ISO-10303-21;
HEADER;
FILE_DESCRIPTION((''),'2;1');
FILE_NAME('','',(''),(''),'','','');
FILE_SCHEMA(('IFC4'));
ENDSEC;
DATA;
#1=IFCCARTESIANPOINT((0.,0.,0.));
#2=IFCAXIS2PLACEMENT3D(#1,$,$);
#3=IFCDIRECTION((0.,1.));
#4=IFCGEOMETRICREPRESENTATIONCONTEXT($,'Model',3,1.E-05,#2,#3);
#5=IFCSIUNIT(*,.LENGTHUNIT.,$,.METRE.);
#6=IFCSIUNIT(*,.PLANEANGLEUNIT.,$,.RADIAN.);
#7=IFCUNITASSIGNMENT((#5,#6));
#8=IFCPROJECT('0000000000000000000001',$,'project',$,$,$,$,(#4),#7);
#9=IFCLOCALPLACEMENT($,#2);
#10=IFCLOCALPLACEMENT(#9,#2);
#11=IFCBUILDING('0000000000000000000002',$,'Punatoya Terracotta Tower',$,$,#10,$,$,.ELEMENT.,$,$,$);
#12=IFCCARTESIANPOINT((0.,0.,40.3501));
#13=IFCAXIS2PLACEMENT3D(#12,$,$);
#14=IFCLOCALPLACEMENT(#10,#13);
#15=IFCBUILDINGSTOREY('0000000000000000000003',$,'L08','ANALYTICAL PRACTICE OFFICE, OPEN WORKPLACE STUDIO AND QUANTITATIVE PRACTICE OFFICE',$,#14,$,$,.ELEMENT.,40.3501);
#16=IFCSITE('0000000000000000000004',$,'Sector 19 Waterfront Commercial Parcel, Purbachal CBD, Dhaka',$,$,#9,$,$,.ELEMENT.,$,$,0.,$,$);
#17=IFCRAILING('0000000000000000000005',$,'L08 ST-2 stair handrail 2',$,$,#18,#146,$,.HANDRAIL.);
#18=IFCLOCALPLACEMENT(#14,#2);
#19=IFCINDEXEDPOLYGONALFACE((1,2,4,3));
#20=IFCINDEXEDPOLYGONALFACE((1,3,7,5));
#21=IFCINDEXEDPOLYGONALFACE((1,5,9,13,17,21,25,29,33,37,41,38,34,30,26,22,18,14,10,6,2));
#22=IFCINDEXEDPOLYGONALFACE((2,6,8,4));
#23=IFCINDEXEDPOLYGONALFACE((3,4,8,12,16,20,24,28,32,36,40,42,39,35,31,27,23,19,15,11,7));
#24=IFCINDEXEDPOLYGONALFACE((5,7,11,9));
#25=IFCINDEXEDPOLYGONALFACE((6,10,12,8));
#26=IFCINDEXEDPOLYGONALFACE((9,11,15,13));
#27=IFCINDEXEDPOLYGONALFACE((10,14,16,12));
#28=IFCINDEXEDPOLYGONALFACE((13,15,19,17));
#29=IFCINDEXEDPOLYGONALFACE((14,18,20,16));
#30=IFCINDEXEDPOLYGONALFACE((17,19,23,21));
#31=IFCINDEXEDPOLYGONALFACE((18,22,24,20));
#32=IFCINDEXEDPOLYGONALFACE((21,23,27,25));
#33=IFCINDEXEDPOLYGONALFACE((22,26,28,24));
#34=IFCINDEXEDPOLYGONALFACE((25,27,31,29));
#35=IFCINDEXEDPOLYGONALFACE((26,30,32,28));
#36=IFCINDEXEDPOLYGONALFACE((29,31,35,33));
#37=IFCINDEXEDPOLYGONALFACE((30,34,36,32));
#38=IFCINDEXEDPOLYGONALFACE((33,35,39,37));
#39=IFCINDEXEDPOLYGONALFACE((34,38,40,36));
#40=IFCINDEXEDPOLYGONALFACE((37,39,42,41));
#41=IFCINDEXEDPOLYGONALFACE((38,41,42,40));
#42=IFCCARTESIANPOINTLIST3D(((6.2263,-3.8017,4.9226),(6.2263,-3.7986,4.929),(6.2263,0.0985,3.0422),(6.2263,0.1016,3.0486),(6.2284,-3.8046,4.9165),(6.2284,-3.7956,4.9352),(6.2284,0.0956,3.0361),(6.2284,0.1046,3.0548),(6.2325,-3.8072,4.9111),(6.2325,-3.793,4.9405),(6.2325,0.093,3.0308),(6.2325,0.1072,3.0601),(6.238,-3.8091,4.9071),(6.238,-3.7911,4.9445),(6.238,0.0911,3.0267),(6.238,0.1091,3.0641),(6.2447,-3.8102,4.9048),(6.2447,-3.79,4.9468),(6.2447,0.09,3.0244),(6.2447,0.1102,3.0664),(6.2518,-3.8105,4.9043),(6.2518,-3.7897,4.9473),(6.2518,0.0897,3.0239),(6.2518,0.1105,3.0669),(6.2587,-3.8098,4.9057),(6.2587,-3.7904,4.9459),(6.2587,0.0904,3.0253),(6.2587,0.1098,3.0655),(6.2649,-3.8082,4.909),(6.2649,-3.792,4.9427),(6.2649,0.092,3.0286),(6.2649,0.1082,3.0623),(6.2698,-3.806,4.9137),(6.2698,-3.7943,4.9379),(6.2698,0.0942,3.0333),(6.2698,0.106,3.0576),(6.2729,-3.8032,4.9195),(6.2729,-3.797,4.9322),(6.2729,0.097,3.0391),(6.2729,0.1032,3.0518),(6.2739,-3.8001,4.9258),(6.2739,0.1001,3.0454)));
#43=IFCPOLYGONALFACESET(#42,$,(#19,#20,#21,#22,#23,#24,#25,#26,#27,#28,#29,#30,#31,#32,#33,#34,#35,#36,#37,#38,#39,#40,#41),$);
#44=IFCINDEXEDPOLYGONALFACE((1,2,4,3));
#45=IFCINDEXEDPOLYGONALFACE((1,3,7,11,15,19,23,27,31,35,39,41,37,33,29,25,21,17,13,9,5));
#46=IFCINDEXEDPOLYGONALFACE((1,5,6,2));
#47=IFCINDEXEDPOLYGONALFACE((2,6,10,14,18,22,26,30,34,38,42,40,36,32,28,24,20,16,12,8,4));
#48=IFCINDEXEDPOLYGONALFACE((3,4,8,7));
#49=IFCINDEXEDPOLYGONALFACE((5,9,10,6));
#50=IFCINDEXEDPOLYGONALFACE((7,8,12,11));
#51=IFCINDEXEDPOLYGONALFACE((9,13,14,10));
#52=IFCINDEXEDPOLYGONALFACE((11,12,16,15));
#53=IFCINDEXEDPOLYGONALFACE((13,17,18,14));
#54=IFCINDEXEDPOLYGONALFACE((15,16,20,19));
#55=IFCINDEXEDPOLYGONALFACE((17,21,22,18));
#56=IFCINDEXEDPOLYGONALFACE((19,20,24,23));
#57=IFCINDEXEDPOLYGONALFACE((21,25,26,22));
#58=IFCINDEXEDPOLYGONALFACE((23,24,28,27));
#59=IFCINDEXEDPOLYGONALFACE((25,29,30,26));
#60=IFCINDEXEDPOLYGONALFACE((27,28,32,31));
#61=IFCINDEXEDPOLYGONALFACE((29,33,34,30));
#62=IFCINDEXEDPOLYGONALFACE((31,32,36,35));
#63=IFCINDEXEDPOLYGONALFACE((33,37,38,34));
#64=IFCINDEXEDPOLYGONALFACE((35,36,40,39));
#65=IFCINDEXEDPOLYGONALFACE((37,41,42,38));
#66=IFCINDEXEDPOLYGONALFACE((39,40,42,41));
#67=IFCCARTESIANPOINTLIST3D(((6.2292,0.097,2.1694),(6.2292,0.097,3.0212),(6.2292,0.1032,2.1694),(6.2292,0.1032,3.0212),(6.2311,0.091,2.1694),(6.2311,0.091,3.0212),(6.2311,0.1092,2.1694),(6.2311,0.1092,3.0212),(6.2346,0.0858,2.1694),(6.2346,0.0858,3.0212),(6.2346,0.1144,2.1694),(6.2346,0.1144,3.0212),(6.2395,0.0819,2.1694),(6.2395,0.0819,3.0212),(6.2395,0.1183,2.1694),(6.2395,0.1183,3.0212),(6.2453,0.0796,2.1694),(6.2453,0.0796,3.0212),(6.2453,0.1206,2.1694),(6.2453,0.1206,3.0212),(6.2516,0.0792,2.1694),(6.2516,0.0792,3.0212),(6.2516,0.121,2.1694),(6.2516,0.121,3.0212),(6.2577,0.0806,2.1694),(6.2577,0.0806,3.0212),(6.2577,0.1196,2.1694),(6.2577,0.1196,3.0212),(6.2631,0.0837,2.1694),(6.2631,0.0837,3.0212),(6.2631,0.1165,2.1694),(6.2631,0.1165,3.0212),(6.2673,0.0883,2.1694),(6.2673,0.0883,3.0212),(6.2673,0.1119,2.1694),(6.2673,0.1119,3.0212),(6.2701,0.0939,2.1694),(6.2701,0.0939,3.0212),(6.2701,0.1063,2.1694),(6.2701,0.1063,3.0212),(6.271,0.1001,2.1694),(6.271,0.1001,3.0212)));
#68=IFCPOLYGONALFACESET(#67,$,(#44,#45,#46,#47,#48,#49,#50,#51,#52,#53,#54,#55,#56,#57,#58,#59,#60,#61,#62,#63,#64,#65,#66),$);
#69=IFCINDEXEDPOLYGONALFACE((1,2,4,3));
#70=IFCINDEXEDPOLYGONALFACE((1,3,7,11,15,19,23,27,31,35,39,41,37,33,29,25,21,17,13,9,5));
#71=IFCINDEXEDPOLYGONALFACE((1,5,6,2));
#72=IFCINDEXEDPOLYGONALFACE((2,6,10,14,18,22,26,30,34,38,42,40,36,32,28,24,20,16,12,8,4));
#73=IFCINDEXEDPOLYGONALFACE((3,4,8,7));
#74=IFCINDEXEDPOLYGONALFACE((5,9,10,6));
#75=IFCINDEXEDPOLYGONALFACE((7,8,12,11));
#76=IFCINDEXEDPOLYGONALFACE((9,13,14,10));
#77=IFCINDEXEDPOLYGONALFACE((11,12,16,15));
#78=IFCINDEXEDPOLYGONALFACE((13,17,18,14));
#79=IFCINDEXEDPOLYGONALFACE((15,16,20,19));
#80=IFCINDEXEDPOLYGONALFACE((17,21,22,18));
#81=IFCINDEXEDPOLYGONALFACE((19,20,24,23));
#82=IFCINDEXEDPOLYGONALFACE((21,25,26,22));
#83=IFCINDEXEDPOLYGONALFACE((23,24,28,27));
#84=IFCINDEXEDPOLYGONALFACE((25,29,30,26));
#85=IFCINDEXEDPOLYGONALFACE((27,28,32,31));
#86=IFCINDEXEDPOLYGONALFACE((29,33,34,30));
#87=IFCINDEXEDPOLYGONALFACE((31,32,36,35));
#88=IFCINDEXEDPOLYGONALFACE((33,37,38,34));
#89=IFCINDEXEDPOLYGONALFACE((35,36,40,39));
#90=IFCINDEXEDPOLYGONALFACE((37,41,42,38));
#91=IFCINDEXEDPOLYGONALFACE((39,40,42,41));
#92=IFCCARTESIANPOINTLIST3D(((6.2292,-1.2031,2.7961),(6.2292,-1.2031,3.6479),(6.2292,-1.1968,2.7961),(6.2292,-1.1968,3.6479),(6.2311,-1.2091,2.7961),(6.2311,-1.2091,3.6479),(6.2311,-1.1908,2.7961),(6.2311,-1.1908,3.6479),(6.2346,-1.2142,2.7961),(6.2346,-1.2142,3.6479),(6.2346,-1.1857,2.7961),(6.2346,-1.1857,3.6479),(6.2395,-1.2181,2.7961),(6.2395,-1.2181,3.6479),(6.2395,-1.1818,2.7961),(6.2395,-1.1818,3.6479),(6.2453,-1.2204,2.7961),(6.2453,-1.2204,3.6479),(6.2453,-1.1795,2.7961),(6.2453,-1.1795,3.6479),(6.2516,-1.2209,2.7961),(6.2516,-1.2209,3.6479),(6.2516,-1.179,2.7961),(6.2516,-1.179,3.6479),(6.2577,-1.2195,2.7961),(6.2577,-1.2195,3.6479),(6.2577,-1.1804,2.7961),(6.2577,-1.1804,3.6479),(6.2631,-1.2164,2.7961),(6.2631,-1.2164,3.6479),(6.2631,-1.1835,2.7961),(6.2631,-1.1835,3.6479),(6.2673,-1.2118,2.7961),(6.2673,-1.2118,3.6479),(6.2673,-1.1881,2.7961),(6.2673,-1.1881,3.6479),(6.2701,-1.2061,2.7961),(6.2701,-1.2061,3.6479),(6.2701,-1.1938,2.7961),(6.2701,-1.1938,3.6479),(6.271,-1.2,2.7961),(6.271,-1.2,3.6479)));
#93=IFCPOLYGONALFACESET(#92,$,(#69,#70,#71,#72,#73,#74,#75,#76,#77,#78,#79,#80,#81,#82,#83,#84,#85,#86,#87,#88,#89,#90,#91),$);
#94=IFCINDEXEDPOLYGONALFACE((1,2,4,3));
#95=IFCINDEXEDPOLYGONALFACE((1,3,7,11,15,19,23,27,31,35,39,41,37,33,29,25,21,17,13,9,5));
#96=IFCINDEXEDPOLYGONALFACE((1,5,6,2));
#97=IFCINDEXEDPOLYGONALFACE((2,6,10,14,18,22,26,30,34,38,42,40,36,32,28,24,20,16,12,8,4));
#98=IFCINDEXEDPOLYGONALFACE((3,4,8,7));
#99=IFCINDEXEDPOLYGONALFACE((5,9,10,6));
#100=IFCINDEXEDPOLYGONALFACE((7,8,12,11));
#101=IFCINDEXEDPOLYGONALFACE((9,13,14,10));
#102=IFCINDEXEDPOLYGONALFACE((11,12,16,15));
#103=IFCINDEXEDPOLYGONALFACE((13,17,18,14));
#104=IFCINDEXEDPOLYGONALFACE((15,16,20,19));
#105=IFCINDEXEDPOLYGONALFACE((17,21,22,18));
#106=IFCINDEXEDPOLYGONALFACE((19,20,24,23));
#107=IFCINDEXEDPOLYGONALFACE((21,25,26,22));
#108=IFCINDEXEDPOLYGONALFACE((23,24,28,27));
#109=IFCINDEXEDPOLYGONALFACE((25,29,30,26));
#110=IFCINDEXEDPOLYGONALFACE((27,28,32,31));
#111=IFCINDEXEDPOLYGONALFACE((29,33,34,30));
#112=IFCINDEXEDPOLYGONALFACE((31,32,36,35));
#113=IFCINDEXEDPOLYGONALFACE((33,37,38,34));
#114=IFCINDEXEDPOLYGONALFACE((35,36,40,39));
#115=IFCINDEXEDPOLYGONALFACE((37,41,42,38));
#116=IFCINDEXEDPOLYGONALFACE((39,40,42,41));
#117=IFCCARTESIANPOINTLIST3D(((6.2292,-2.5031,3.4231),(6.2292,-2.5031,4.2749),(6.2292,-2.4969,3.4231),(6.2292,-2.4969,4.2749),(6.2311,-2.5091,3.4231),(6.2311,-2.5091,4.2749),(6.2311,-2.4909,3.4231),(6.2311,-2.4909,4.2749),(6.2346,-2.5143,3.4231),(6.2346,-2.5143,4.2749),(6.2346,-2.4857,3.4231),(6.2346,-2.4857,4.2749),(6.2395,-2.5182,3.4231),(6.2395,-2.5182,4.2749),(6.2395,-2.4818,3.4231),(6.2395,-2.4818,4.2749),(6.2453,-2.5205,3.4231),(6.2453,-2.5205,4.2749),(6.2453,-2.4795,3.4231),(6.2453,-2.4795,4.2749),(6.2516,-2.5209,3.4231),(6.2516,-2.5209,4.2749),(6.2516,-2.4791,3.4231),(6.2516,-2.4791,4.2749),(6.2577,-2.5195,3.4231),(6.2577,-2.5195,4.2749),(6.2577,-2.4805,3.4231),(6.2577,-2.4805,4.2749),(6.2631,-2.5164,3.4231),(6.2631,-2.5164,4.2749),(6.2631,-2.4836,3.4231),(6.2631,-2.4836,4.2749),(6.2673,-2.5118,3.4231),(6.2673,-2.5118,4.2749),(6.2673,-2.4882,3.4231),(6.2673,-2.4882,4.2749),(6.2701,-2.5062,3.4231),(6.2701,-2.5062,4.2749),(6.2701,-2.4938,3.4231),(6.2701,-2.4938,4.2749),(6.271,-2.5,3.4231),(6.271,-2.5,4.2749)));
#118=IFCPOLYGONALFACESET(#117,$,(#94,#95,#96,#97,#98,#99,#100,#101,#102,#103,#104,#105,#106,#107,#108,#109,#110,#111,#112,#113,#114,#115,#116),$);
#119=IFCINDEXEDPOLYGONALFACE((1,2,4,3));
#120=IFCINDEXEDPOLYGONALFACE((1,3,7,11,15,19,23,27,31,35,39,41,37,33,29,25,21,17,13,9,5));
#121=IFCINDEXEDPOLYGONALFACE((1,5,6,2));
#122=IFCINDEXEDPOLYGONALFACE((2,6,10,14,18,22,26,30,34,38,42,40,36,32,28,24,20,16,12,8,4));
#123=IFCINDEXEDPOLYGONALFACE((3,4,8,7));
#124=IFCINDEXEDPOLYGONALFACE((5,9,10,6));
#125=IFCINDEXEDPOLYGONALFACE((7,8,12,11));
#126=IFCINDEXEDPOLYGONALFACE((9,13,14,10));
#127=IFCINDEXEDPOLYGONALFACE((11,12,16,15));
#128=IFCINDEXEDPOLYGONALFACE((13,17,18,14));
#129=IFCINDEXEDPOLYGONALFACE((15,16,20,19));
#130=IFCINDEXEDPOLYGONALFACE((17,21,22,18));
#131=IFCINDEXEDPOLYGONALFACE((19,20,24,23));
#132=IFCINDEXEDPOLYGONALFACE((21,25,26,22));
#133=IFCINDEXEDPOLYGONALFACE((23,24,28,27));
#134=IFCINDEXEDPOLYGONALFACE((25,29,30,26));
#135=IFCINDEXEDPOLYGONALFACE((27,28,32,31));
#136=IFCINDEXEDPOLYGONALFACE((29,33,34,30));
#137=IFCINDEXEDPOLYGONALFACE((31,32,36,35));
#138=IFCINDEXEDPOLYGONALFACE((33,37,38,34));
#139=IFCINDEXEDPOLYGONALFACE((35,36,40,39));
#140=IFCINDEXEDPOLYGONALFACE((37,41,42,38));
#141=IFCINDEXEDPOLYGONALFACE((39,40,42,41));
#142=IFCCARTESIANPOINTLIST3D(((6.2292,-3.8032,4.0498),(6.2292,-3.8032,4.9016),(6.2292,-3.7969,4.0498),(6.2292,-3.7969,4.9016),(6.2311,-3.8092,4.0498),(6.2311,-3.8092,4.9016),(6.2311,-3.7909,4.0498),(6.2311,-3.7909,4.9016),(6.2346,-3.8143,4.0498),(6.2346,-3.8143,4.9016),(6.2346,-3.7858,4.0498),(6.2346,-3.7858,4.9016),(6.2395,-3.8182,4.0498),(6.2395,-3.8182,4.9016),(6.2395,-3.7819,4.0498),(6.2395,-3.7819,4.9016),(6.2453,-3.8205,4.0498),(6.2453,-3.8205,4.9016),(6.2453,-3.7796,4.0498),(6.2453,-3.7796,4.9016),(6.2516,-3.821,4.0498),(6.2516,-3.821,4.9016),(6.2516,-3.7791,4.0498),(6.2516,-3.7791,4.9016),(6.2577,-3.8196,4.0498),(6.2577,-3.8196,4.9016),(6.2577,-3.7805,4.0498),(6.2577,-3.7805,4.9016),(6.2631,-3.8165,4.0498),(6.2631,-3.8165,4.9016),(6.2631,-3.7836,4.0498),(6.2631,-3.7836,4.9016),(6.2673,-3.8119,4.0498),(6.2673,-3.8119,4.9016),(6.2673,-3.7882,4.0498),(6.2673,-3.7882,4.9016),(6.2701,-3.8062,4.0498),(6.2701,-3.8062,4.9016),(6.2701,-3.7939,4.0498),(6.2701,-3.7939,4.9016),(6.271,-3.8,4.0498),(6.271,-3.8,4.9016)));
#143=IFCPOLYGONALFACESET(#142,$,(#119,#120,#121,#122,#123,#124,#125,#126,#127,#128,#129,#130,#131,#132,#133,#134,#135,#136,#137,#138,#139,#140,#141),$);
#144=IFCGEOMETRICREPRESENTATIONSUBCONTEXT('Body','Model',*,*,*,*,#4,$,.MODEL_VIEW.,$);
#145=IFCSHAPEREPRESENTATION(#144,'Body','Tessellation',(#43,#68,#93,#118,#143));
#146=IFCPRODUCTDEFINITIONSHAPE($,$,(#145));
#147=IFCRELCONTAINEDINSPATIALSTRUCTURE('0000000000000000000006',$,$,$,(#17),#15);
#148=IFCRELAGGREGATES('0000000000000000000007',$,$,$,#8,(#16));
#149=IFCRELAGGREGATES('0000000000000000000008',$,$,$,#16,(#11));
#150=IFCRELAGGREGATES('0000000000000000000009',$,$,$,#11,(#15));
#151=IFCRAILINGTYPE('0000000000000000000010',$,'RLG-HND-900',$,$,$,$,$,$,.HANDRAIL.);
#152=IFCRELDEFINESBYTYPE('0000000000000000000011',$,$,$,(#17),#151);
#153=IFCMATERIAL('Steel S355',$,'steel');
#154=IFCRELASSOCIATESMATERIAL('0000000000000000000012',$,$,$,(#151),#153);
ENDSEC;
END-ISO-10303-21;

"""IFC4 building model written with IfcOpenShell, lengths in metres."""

from ifc_helpers import new_model, si_unit, direction, frame, origin, origin_2d, place, context, subcontext, project, spatial, circle, extrude, material, type_object, element, save


model = new_model("IFC4")

# Units and contexts
model_context = context("Model", 3, precision=1e-05, world=origin(), true_north=direction((0.0, 1.0)))
body_context = subcontext(model_context, "Body", "Model", "MODEL_VIEW")
ifc_project = project(units=[si_unit("LENGTHUNIT", "METRE"), si_unit("PLANEANGLEUNIT", "RADIAN")], contexts=[model_context])

# Site, building, storey
site_placement = place(None, origin())
site = spatial("IfcSite", under=ifc_project, at=site_placement, Name="Sector 19 Waterfront Commercial Parcel, Purbachal CBD, Dhaka", CompositionType="ELEMENT", RefElevation=0.0)
building_placement = place(site_placement, origin())
building = spatial("IfcBuilding", under=site, at=building_placement, Name="Punatoya Terracotta Tower", CompositionType="ELEMENT")
storey_placement = place(building_placement, frame((0.0, 0.0, 40.3501)))
storey = spatial("IfcBuildingStorey", under=building, at=storey_placement, Name="L08", Description="ANALYTICAL PRACTICE OFFICE, OPEN WORKPLACE STUDIO AND QUANTITATIVE PRACTICE OFFICE", CompositionType="ELEMENT", Elevation=40.3501)

# Shared definitions
ifc_material_1 = material(Name="Steel S355", Category="steel")

# Railing
railing_type_1 = type_object("IfcRailingType", Name="RLG-HND-900", PredefinedType="HANDRAIL", material=ifc_material_1)
railing_1_placement = place(storey_placement, frame((6.25, 0.1001, 2.1694)))
element("IfcRailing", 1, at=railing_1_placement, inside=storey, type_object=railing_type_1, Name="L08 ST-2 stair handrail 2", PredefinedType="HANDRAIL", context=body_context, shape_type="SweptSolid", body=[
    extrude(circle(Radius=0.0239, at=origin_2d()), frame((0.0, 0.0, 0.876), z_axis=(0.0, -0.900774, 0.434289), x_axis=(1.0, 0.0, 0.0)), (0.0, 0.0, 1.0), 4.3298),
    extrude(circle(Radius=0.021, at=origin_2d()), origin(), (0.0, 0.0, 1.0), 0.8518),
    extrude(circle(Radius=0.021, at=origin_2d()), frame((0.0, -1.3, 0.6267)), (0.0, 0.0, 1.0), 0.8518),
    extrude(circle(Radius=0.021, at=origin_2d()), frame((0.0, -2.6001, 1.2537)), (0.0, 0.0, 1.0), 0.8518),
    extrude(circle(Radius=0.021, at=origin_2d()), frame((0.0, -3.9001, 1.8804)), (0.0, 0.0, 1.0), 0.8518),
])

save(model, "model.ifc")
